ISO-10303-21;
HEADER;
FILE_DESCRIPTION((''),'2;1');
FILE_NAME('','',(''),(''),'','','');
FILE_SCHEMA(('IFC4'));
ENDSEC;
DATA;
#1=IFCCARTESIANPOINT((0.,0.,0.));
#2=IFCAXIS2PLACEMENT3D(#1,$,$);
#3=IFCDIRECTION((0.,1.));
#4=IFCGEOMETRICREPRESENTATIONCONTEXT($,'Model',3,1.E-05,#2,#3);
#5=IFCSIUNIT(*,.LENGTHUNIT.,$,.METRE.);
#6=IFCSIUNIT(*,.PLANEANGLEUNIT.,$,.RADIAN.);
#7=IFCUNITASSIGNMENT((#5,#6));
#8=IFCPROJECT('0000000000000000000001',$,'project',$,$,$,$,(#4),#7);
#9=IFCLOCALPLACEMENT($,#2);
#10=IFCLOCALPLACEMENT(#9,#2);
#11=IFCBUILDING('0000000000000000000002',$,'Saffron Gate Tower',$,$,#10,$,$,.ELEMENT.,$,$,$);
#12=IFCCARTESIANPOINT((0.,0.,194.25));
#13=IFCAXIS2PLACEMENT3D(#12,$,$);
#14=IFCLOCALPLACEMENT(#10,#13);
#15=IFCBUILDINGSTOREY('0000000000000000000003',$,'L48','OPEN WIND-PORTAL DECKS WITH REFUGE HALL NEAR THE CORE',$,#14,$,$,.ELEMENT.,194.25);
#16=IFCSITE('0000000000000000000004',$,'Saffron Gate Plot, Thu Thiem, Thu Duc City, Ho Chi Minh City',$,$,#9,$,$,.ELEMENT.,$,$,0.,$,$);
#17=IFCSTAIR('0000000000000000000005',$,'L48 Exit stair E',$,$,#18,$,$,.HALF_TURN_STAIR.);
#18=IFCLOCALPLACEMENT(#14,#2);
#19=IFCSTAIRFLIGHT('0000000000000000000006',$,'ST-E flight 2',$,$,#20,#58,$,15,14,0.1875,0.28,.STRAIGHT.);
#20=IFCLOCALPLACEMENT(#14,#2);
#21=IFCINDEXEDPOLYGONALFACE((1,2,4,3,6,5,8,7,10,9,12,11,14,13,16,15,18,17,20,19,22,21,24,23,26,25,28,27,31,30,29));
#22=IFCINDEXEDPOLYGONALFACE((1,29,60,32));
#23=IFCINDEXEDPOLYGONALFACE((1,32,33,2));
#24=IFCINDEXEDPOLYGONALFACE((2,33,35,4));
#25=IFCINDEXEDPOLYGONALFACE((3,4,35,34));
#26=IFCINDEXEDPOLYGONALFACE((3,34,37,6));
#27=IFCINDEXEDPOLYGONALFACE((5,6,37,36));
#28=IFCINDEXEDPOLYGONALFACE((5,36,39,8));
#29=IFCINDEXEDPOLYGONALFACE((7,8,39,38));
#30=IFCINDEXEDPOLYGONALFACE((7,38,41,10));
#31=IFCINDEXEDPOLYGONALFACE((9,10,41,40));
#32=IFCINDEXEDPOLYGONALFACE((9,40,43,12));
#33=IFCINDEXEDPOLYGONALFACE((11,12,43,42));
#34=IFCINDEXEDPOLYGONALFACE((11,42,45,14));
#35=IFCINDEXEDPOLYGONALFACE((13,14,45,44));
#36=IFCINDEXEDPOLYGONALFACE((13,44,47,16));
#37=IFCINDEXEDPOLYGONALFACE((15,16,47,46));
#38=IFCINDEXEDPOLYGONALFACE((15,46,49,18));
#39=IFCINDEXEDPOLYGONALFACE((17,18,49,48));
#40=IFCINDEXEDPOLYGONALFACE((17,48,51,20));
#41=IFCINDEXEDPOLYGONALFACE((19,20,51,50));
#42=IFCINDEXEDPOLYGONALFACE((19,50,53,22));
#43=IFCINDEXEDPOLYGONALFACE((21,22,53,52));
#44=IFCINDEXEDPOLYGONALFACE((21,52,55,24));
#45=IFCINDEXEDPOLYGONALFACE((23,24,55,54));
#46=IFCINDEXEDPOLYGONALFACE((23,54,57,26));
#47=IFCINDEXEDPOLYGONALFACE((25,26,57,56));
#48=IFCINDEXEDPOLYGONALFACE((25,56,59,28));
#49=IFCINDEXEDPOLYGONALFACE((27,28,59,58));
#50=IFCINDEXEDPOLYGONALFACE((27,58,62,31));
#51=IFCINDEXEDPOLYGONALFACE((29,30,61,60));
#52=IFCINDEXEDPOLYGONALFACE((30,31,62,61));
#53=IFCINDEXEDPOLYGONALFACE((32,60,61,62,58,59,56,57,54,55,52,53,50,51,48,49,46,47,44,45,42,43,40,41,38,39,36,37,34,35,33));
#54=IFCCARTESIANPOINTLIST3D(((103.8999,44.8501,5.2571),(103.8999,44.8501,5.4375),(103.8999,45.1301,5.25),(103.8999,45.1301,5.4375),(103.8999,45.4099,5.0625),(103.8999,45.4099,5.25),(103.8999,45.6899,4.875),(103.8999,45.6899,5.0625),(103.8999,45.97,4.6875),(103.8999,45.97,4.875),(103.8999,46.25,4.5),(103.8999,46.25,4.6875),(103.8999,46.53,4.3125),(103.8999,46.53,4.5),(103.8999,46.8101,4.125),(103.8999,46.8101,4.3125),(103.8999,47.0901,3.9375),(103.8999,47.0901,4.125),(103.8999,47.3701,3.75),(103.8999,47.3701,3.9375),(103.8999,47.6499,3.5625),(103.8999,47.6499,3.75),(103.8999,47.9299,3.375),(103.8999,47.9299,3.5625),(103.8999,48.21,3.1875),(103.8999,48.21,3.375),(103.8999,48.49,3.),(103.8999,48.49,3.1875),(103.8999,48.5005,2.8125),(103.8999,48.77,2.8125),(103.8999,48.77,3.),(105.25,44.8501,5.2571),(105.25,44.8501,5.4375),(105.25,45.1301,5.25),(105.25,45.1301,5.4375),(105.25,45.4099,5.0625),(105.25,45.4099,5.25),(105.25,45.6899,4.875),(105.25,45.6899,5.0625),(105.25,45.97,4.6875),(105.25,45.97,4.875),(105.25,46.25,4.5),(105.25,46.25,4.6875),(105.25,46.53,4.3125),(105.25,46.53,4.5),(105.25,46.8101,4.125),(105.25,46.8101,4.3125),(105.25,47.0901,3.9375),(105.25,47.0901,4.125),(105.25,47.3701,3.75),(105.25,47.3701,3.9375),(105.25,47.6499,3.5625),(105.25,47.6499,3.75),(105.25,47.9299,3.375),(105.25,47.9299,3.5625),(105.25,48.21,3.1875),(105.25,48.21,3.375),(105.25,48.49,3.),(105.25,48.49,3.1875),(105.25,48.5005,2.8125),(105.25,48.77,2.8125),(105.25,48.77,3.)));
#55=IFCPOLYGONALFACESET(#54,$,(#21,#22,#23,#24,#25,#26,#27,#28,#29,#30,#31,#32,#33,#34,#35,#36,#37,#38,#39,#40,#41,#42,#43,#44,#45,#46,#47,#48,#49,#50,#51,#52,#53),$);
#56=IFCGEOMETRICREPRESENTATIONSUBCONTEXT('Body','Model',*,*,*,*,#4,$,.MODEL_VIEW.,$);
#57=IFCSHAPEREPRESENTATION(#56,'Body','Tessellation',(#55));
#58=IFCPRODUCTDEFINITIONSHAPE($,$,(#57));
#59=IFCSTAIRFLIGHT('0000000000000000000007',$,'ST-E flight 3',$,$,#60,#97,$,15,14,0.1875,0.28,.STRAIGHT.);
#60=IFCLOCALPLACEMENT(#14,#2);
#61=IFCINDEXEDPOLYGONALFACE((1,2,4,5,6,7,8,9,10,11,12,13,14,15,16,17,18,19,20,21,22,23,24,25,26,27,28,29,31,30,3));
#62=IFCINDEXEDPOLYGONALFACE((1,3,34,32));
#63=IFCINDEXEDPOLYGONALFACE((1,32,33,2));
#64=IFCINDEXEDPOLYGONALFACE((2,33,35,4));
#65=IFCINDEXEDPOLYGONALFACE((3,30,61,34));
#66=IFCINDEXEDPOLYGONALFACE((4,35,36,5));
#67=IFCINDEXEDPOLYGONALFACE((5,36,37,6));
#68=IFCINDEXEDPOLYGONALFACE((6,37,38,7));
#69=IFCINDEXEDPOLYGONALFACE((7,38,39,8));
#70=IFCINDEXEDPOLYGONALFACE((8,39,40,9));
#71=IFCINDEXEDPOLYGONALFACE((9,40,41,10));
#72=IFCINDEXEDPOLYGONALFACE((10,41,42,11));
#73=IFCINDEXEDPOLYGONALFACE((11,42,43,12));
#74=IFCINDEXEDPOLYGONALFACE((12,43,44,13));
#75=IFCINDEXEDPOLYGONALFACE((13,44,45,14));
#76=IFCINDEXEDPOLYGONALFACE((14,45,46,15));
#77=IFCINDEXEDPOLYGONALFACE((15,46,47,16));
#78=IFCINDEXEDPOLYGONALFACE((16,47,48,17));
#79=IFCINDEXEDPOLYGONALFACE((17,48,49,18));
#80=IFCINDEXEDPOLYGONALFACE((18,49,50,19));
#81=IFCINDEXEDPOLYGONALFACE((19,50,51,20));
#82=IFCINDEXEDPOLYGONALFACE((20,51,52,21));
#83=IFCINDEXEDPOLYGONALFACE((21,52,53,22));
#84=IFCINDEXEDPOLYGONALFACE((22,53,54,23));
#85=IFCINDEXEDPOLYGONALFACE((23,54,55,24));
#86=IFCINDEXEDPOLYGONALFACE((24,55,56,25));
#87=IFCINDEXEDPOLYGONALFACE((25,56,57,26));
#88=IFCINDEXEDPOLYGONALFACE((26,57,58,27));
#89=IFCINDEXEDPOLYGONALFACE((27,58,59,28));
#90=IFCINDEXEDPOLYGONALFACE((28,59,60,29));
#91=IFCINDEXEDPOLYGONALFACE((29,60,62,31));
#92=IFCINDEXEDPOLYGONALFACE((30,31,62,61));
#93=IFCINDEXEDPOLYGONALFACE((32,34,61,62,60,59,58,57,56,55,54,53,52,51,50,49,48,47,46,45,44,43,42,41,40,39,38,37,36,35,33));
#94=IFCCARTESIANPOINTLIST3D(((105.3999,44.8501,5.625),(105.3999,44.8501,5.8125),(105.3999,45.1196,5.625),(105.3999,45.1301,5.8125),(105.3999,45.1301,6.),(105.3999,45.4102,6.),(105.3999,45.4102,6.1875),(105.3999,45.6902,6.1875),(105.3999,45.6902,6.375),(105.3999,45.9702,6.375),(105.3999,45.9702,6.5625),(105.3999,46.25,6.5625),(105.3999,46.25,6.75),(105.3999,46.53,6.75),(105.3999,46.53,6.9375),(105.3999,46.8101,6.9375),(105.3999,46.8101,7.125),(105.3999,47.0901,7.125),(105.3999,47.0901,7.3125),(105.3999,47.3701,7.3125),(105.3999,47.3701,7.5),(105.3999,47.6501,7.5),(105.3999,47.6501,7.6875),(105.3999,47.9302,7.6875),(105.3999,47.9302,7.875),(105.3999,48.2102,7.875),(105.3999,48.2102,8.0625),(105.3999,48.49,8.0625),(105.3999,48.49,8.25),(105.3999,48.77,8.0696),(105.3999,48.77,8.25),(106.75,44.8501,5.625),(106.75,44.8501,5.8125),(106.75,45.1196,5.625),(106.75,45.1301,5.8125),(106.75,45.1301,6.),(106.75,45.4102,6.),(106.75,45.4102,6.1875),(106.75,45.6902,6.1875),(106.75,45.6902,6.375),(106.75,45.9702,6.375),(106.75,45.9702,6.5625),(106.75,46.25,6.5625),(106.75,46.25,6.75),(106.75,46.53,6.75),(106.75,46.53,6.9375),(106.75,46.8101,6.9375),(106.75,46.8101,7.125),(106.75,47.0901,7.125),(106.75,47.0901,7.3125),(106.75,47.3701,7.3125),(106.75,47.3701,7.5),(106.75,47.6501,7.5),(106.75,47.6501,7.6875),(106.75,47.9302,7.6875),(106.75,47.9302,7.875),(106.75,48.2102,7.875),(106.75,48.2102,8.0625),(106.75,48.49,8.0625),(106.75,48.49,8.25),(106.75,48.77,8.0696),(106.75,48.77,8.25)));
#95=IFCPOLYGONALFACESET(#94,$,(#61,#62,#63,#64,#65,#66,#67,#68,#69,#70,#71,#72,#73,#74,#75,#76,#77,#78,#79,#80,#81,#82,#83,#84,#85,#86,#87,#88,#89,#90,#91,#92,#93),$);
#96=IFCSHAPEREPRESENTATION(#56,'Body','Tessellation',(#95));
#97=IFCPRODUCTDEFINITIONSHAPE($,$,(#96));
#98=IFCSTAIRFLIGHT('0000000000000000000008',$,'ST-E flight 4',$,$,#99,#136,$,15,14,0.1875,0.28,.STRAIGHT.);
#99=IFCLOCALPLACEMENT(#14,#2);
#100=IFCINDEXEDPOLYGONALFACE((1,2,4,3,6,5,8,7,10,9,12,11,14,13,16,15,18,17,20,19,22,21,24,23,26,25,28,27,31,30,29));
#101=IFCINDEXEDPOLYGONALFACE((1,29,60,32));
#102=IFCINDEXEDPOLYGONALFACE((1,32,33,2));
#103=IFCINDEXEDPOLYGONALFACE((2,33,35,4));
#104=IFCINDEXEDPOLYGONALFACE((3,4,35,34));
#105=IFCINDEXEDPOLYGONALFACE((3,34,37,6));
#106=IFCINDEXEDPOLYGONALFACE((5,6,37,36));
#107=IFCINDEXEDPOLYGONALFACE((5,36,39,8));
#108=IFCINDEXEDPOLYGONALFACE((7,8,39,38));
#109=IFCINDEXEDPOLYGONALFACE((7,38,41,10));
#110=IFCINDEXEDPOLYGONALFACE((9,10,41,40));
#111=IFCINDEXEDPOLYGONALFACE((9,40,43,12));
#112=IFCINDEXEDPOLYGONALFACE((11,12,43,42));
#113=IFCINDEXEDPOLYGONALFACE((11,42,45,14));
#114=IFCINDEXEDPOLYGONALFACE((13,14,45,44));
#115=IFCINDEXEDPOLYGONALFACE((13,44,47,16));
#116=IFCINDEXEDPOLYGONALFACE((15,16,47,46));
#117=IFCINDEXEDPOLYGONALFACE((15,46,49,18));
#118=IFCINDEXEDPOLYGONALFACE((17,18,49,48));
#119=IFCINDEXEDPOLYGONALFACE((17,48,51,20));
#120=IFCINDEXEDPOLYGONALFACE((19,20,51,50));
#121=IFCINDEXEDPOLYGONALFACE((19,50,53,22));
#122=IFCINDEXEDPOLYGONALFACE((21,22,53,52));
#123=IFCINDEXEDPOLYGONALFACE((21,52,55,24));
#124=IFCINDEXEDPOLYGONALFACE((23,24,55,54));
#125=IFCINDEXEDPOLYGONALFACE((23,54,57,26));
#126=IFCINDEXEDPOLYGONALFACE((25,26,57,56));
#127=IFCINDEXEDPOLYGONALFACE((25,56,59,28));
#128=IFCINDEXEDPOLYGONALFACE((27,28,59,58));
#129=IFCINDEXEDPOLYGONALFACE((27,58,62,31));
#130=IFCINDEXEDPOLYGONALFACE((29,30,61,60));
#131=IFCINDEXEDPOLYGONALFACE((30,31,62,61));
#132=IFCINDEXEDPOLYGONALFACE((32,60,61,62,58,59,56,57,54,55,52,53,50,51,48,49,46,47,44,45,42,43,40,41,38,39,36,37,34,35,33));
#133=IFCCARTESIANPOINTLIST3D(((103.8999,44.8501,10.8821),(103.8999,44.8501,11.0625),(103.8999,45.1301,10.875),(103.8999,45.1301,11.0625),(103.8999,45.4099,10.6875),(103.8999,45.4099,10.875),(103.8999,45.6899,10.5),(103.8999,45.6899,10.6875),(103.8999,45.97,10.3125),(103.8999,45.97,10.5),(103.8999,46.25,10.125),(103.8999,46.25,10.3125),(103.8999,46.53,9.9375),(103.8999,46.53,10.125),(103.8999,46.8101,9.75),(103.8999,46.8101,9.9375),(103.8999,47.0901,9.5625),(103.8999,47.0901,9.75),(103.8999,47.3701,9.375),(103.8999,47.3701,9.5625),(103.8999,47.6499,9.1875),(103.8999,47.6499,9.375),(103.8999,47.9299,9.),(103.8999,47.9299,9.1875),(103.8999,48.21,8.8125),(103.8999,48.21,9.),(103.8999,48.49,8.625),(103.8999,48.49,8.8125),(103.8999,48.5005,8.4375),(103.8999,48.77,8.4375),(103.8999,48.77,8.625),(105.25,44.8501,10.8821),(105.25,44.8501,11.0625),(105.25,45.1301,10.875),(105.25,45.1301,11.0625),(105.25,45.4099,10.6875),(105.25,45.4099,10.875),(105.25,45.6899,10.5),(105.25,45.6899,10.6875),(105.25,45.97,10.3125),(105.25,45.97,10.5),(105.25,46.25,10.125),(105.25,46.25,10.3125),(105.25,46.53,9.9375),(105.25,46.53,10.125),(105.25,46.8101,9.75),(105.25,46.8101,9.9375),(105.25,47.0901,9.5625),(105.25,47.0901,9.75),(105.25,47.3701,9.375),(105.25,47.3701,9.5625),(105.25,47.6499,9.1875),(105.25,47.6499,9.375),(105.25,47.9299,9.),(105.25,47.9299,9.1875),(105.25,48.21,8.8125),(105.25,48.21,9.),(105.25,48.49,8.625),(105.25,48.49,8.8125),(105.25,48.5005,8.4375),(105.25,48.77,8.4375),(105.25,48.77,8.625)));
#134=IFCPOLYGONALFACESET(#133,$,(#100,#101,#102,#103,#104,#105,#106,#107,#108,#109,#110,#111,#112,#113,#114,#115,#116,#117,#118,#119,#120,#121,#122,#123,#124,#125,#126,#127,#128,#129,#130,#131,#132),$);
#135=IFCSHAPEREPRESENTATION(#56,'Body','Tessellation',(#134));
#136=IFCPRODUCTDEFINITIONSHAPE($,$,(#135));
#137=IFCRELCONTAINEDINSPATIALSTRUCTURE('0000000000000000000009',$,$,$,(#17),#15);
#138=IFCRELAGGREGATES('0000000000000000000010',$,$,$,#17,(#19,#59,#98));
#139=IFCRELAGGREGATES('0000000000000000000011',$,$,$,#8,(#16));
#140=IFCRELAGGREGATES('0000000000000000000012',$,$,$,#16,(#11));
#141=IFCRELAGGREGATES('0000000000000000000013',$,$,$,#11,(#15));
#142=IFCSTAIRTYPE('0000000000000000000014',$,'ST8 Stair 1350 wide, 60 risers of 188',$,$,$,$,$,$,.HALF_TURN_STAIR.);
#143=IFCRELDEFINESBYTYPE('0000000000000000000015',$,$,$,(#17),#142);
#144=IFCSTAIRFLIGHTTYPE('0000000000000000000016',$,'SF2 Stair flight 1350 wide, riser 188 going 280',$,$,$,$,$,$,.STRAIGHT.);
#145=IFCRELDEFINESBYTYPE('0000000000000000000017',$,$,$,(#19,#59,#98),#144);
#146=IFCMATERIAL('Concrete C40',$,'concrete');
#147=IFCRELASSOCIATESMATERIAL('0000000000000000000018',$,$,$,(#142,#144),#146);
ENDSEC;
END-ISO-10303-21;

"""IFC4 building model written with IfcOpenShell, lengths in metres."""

from ifc_helpers import new_model, si_unit, direction, frame, origin, place, context, subcontext, project, spatial, polyline, outline, extrude, material, type_object, element, aggregate, save


model = new_model("IFC4")

# Units and contexts
model_context = context("Model", 3, precision=1e-05, world=origin(), true_north=direction((0.0, 1.0)))
body_context = subcontext(model_context, "Body", "Model", "MODEL_VIEW")
ifc_project = project(units=[si_unit("LENGTHUNIT", "METRE"), si_unit("PLANEANGLEUNIT", "RADIAN")], contexts=[model_context])

# Site, building, storey
site_placement = place(None, origin())
site = spatial("IfcSite", under=ifc_project, at=site_placement, Name="Saffron Gate Plot, Thu Thiem, Thu Duc City, Ho Chi Minh City", CompositionType="ELEMENT", RefElevation=0.0)
building_placement = place(site_placement, origin())
building = spatial("IfcBuilding", under=site, at=building_placement, Name="Saffron Gate Tower", CompositionType="ELEMENT")
storey_placement = place(building_placement, frame((0.0, 0.0, 194.25)))
storey = spatial("IfcBuildingStorey", under=building, at=storey_placement, Name="L48", Description="OPEN WIND-PORTAL DECKS WITH REFUGE HALL NEAR THE CORE", CompositionType="ELEMENT", Elevation=194.25)

# Stair, stair flights
ifc_material_1 = material(Name="Concrete C40", Category="concrete")
stair_type = type_object("IfcStairType", Name="ST8 Stair 1350 wide, 60 risers of 188", PredefinedType="HALF_TURN_STAIR", material=ifc_material_1)
stair_placement = place(storey_placement, origin())
stair = element("IfcStair", 1, at=stair_placement, inside=storey, type_object=stair_type, Name="L48 Exit stair E", PredefinedType="HALF_TURN_STAIR")
stair_flight_type = type_object("IfcStairFlightType", Name="SF2 Stair flight 1350 wide, riser 188 going 280", PredefinedType="STRAIGHT", material=ifc_material_1)
stair_flight_1_placement = place(storey_placement, frame((104.575, 48.77, 2.8125), z_axis=(0.0, 0.0, 1.0), x_axis=(0.0, -1.0, 0.0)))
stair_flight_1 = element("IfcStairFlight", 2, at=stair_flight_1_placement, type_object=stair_flight_type, Name="ST-E flight 2", NumberOfRisers=15, NumberOfTreads=14, PredefinedType="STRAIGHT", RiserHeight=0.1875, TreadLength=0.28, context=body_context, shape_type="SweptSolid", body=[
    extrude(outline(polyline([(0.0, 0.0), (0.0, 0.1875), (0.28, 0.1875), (0.28, 0.375), (0.5601, 0.375), (0.5601, 0.5625), (0.8401, 0.5625), (0.8401, 0.75), (1.1201, 0.75), (1.1201, 0.9375), (1.3999, 0.9375), (1.3999, 1.125), (1.6799, 1.125), (1.6799, 1.3125), (1.96, 1.3125), (1.96, 1.5), (2.24, 1.5), (2.24, 1.6875), (2.52, 1.6875), (2.52, 1.875), (2.8, 1.875), (2.8, 2.0625), (3.0801, 2.0625), (3.0801, 2.25), (3.3601, 2.25), (3.3601, 2.4375), (3.6399, 2.4375), (3.6399, 2.625), (3.9199, 2.625), (3.9199, 2.8125), (3.9199, 2.4446), (0.2695, 0.0), (0.0, 0.0)])), frame((0.0, 0.675, 0.0), z_axis=(0.0, -1.0, 0.0), x_axis=(1.0, 0.0, 0.0)), (0.0, 0.0, 1.0), 1.3501),
])
stair_flight_2_placement = place(storey_placement, frame((106.075, 44.8501, 5.625), z_axis=(0.0, 0.0, 1.0), x_axis=(0.0, 1.0, 0.0)))
stair_flight_2 = element("IfcStairFlight", 3, at=stair_flight_2_placement, type_object=stair_flight_type, Name="ST-E flight 3", NumberOfRisers=15, NumberOfTreads=14, PredefinedType="STRAIGHT", RiserHeight=0.1875, TreadLength=0.28, context=body_context, shape_type="SweptSolid", body=[
    extrude(outline(polyline([(0.0, 0.0), (0.0, 0.1875), (0.28, 0.1875), (0.28, 0.375), (0.5601, 0.375), (0.5601, 0.5625), (0.8401, 0.5625), (0.8401, 0.75), (1.1201, 0.75), (1.1201, 0.9375), (1.3999, 0.9375), (1.3999, 1.125), (1.6799, 1.125), (1.6799, 1.3125), (1.96, 1.3125), (1.96, 1.5), (2.24, 1.5), (2.24, 1.6875), (2.52, 1.6875), (2.52, 1.875), (2.8, 1.875), (2.8, 2.0625), (3.0801, 2.0625), (3.0801, 2.25), (3.3601, 2.25), (3.3601, 2.4375), (3.6399, 2.4375), (3.6399, 2.625), (3.9199, 2.625), (3.9199, 2.8125), (3.9199, 2.4446), (0.2695, 0.0), (0.0, 0.0)])), frame((0.0, 0.675, 0.0), z_axis=(0.0, -1.0, 0.0), x_axis=(1.0, 0.0, 0.0)), (0.0, 0.0, 1.0), 1.3501),
])
stair_flight_3_placement = place(storey_placement, frame((104.575, 48.77, 8.4375), z_axis=(0.0, 0.0, 1.0), x_axis=(0.0, -1.0, 0.0)))
stair_flight_3 = element("IfcStairFlight", 4, at=stair_flight_3_placement, type_object=stair_flight_type, Name="ST-E flight 4", NumberOfRisers=15, NumberOfTreads=14, PredefinedType="STRAIGHT", RiserHeight=0.1875, TreadLength=0.28, context=body_context, shape_type="SweptSolid", body=[
    extrude(outline(polyline([(0.0, 0.0), (0.0, 0.1875), (0.28, 0.1875), (0.28, 0.375), (0.5601, 0.375), (0.5601, 0.5625), (0.8401, 0.5625), (0.8401, 0.75), (1.1201, 0.75), (1.1201, 0.9375), (1.3999, 0.9375), (1.3999, 1.125), (1.6799, 1.125), (1.6799, 1.3125), (1.96, 1.3125), (1.96, 1.5), (2.24, 1.5), (2.24, 1.6875), (2.52, 1.6875), (2.52, 1.875), (2.8, 1.875), (2.8, 2.0625), (3.0801, 2.0625), (3.0801, 2.25), (3.3601, 2.25), (3.3601, 2.4375), (3.6399, 2.4375), (3.6399, 2.625), (3.9199, 2.625), (3.9199, 2.8125), (3.9199, 2.4446), (0.2695, 0.0), (0.0, 0.0)])), frame((0.0, 0.675, 0.0), z_axis=(0.0, -1.0, 0.0), x_axis=(1.0, 0.0, 0.0)), (0.0, 0.0, 1.0), 1.3501),
])
aggregate(stair, [stair_flight_1, stair_flight_2, stair_flight_3])

save(model, "model.ifc")
